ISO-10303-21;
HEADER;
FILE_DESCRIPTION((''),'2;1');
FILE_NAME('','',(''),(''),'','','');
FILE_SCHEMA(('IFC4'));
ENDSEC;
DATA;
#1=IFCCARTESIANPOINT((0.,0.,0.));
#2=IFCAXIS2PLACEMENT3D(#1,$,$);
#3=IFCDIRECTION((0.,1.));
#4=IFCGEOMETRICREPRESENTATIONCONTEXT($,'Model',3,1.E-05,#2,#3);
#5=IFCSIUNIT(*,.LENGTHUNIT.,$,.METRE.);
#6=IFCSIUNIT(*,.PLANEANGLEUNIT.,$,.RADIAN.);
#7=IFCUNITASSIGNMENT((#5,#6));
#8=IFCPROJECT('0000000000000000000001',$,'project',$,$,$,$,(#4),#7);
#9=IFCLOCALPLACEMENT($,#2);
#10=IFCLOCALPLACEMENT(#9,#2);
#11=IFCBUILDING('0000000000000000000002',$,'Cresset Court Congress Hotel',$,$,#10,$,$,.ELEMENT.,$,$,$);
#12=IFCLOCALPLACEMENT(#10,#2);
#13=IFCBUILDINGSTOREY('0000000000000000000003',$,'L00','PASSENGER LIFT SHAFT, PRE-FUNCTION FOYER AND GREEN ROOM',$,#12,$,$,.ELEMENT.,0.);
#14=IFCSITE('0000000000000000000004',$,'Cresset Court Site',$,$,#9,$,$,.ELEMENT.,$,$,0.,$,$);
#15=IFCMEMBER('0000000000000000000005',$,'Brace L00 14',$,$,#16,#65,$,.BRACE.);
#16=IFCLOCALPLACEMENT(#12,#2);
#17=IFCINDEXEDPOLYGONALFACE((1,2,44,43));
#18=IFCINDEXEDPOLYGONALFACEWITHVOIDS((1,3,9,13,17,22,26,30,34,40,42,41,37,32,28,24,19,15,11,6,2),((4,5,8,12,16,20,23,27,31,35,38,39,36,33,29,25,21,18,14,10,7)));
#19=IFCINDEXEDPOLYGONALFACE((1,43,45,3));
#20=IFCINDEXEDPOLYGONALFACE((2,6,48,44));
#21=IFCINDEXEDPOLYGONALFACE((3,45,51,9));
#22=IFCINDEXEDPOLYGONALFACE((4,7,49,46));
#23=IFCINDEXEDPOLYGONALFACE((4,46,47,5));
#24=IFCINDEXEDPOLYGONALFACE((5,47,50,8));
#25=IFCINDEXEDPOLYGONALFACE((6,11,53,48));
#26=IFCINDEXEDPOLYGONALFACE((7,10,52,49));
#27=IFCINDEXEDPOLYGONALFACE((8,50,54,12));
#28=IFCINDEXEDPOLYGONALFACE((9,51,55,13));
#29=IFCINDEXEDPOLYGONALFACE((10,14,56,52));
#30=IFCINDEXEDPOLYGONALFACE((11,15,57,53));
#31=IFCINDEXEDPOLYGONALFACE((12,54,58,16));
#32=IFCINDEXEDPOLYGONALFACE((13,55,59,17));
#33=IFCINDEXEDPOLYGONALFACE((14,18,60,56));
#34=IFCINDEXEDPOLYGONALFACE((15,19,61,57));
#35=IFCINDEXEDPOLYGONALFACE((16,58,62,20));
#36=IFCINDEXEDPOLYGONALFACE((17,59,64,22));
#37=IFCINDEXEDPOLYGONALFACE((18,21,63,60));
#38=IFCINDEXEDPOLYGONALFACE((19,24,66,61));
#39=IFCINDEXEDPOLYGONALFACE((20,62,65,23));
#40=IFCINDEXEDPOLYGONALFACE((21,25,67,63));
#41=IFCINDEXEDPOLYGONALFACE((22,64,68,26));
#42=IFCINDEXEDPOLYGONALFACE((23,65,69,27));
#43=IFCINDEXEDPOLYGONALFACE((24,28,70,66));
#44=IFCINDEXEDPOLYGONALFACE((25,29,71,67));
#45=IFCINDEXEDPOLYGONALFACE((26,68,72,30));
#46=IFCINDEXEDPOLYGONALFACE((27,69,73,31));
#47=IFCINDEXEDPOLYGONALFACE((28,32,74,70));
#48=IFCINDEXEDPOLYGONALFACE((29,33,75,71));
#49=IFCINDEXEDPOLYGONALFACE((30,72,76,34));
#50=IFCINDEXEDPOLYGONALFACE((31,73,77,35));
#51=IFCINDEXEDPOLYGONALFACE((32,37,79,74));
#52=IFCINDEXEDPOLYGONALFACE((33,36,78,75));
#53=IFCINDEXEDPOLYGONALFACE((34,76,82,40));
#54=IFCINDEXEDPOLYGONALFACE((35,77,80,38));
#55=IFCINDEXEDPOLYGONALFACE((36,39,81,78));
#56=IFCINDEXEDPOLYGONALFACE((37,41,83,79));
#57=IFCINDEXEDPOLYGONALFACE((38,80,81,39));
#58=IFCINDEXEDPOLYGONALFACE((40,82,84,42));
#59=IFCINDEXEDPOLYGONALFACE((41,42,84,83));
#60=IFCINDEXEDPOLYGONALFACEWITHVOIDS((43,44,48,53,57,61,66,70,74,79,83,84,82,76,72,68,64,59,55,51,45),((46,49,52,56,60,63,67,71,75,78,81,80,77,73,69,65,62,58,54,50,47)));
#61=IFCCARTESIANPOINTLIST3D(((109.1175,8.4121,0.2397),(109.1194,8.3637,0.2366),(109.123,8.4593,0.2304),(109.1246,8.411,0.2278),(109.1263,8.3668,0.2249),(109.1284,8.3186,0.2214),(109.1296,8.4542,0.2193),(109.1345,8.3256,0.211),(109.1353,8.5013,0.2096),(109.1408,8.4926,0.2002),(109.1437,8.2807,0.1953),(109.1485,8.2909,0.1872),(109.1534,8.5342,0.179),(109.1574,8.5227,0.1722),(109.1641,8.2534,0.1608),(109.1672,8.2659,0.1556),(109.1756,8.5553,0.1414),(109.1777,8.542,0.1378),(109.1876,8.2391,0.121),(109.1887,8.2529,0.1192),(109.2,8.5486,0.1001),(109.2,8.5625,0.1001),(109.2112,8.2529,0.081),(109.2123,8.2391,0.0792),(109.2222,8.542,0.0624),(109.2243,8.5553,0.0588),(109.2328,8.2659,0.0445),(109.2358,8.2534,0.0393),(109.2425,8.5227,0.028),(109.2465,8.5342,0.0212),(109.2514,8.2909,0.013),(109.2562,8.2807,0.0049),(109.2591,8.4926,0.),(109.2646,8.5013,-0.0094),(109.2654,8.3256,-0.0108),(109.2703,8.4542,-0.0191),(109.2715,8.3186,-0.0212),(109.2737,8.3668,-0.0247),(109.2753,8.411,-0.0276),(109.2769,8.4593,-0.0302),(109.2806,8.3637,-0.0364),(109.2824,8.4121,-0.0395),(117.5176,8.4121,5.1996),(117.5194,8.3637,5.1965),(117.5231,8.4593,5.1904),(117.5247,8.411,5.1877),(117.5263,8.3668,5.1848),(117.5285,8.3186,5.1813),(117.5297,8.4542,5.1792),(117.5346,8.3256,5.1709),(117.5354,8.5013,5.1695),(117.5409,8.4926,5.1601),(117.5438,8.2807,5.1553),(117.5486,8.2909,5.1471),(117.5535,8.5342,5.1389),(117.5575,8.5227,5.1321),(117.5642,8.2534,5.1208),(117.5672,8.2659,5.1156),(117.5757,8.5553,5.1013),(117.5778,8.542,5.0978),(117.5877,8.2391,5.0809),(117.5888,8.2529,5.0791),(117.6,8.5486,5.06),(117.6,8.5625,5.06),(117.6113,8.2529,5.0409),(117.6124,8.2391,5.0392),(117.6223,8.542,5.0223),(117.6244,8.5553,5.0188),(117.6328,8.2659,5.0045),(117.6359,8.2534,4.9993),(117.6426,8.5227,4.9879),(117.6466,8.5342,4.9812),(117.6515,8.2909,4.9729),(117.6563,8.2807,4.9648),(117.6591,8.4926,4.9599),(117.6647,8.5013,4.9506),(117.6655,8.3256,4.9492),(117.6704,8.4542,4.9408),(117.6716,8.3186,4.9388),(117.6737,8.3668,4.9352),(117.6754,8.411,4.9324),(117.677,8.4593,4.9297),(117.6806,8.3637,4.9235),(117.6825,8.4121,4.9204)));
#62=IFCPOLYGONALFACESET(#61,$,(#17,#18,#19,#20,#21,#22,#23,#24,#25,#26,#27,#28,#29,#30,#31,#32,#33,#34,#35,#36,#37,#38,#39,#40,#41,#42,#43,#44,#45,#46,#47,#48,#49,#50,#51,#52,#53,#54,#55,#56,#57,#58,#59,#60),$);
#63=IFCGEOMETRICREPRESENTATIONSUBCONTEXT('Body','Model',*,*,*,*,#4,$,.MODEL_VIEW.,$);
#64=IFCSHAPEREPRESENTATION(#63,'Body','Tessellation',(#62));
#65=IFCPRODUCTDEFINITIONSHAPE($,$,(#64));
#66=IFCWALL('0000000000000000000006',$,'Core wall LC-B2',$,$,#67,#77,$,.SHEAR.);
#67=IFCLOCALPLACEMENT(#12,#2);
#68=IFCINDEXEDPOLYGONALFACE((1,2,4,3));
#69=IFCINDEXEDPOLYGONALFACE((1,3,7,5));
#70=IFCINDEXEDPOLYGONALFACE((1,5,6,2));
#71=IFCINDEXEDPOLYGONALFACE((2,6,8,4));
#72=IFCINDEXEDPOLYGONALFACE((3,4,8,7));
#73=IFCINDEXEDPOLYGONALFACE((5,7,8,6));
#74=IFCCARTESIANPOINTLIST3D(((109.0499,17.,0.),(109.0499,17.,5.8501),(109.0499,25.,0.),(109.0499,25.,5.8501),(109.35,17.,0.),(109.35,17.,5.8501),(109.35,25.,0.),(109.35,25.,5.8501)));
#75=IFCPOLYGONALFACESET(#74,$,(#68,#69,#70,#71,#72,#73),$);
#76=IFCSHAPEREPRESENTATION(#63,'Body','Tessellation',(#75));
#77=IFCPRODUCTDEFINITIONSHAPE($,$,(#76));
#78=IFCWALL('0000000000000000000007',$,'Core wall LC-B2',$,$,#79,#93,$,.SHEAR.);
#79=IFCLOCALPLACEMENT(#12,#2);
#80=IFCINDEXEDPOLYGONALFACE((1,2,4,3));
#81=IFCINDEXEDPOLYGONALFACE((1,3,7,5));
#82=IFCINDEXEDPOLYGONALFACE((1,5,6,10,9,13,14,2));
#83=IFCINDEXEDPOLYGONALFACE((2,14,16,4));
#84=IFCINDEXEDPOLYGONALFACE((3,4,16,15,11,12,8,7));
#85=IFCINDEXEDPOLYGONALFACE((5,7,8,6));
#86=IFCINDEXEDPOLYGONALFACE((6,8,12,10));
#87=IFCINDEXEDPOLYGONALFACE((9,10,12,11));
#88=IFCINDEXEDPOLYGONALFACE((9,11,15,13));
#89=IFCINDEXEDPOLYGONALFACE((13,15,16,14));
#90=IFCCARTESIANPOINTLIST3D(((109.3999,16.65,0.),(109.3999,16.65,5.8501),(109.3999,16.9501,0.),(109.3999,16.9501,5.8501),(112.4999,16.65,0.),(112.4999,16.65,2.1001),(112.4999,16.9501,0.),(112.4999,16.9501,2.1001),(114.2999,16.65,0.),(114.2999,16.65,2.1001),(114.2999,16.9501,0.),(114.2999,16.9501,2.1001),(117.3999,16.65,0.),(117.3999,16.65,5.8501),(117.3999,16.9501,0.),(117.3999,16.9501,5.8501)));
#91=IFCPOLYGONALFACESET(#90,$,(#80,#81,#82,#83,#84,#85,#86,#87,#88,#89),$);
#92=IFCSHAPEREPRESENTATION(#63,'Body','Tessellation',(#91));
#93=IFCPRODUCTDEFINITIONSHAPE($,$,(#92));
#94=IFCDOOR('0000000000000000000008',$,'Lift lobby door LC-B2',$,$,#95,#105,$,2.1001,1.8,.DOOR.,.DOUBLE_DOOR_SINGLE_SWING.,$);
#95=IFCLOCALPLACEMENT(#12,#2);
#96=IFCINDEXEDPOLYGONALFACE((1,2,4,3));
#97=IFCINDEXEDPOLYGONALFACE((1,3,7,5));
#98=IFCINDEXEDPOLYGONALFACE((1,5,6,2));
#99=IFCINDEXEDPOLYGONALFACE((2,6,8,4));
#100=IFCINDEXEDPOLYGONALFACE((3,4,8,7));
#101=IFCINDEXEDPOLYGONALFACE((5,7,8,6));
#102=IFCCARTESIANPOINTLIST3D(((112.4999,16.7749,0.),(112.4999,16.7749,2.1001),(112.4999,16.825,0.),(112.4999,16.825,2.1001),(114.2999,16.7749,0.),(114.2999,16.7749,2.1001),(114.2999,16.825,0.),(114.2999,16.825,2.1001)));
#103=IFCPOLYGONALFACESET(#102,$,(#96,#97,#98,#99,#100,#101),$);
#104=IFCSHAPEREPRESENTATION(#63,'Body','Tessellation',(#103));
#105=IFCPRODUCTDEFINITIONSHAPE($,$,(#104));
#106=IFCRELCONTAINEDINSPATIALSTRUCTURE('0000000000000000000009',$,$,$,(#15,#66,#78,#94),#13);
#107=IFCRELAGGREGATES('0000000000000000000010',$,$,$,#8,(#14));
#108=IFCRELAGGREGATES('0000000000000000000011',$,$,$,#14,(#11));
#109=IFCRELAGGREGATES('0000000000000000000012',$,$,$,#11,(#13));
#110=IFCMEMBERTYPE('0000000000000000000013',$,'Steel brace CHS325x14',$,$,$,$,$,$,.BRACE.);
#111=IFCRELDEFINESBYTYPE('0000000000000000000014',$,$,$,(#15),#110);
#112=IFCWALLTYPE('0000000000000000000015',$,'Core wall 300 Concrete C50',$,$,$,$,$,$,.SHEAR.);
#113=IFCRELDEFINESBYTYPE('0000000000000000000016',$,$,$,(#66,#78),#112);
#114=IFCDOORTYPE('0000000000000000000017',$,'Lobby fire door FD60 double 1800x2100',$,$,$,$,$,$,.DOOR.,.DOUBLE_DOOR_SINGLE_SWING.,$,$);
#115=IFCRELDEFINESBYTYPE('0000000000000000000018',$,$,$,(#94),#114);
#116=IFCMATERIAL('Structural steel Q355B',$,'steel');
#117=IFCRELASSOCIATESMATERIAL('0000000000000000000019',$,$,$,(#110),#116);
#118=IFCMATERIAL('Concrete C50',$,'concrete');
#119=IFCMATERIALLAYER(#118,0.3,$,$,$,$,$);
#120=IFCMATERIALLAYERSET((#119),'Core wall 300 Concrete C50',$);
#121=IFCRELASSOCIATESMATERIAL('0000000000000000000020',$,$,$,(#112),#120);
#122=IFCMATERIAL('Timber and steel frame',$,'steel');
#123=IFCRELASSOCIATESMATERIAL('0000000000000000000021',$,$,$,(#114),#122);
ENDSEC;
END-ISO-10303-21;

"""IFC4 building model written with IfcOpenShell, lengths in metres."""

from ifc_helpers import new_model, si_unit, direction, frame, frame_2d, origin, origin_2d, place, context, subcontext, project, spatial, rectangle, hollow_circle, extrude, material, layer, layer_set, material_profile, profile_set, type_object, element, fill, save


model = new_model("IFC4")

# Units and contexts
model_context = context("Model", 3, precision=1e-05, world=origin(), true_north=direction((0.0, 1.0)))
body_context = subcontext(model_context, "Body", "Model", "MODEL_VIEW")
ifc_project = project(units=[si_unit("LENGTHUNIT", "METRE"), si_unit("PLANEANGLEUNIT", "RADIAN")], contexts=[model_context])

# Site, building, storey
site_placement = place(None, origin())
site = spatial("IfcSite", under=ifc_project, at=site_placement, Name="Cresset Court Site", CompositionType="ELEMENT", RefElevation=0.0)
building_placement = place(site_placement, origin())
building = spatial("IfcBuilding", under=site, at=building_placement, Name="Cresset Court Congress Hotel", CompositionType="ELEMENT")
storey_placement = place(building_placement, origin())
storey = spatial("IfcBuildingStorey", under=building, at=storey_placement, Name="L00", Description="PASSENGER LIFT SHAFT, PRE-FUNCTION FOYER AND GREEN ROOM", CompositionType="ELEMENT", Elevation=0.0)

# Member
ifc_material_1 = material(Name="Structural steel Q355B", Category="steel")
ifc_material_profile_1 = material_profile(ifc_material_1, hollow_circle(Radius=0.1626, WallThickness=0.0139, at=origin_2d()), Name="CHS325x14")
ifc_profile_set_1 = profile_set([ifc_material_profile_1], Name="Structural steel Q355B")
member_type = type_object("IfcMemberType", Name="Steel brace CHS325x14", PredefinedType="BRACE", material=ifc_profile_set_1)
member_placement = place(storey_placement, frame((109.2, 8.3999, 0.1001), z_axis=(0.861095, 0.0, 0.508443), x_axis=(0.0, 1.0, 0.0)))
element("IfcMember", 1, at=member_placement, inside=storey, type_object=member_type, Name="Brace L00 14", PredefinedType="BRACE", context=body_context, shape_type="SweptSolid", body=[
    extrude(hollow_circle(Radius=0.1626, WallThickness=0.0139, at=origin_2d()), origin(), (0.0, 0.0, 1.0), 9.7551),
])

# Wall
ifc_material_2 = material(Name="Concrete C50", Category="concrete")
ifc_layer_1 = layer(ifc_material_2, 0.3)
ifc_layer_set_1 = layer_set([ifc_layer_1], Name="Core wall 300 Concrete C50")
wall_type_1 = type_object("IfcWallType", Name="Core wall 300 Concrete C50", PredefinedType="SHEAR", material=ifc_layer_set_1)
wall_1_placement = place(storey_placement, frame((109.2, 17.0, 0.0), z_axis=(0.0, 0.0, 1.0), x_axis=(0.0, 1.0, 0.0)))
element("IfcWall", 2, at=wall_1_placement, inside=storey, type_object=wall_type_1, Name="Core wall LC-B2", PredefinedType="SHEAR", context=body_context, shape_type="SweptSolid", body=[
    extrude(rectangle(XDim=8.0, YDim=0.3, at=frame_2d((4.0, 0.0))), origin(), (0.0, 0.0, 1.0), 5.8501),
])

# Wall, opening, door
wall_2_placement = place(storey_placement, frame((109.3999, 16.8, 0.0), z_axis=(0.0, 0.0, 1.0), x_axis=(1.0, 0.0, 0.0)))
wall_2 = element("IfcWall", 3, at=wall_2_placement, inside=storey, type_object=wall_type_1, Name="Core wall LC-B2", PredefinedType="SHEAR", context=body_context, shape_type="SweptSolid", body=[
    extrude(rectangle(XDim=8.0, YDim=0.3, at=frame_2d((4.0, 0.0))), origin(), (0.0, 0.0, 1.0), 5.8501),
])
opening_1_placement = place(wall_2_placement, frame((3.1001, 0.0, 0.0)))
opening_1 = element("IfcOpeningElement", 4, at=opening_1_placement, cuts=wall_2, PredefinedType="OPENING", context=body_context, shape_type="SweptSolid", body=[
    extrude(rectangle(XDim=1.8, YDim=2.1001, at=frame_2d((0.8999, 1.05))), frame((0.0, 0.1599, 0.0), z_axis=(0.0, -1.0, 0.0), x_axis=(1.0, 0.0, 0.0)), (0.0, 0.0, 1.0), 0.3201),
])
ifc_material_3 = material(Name="Timber and steel frame", Category="steel")
door_type_1 = type_object("IfcDoorType", Name="Lobby fire door FD60 double 1800x2100", OperationType="DOUBLE_DOOR_SINGLE_SWING", PredefinedType="DOOR", material=ifc_material_3)
door_1_placement = place(opening_1_placement, origin())
door_1 = element("IfcDoor", 5, at=door_1_placement, inside=storey, type_object=door_type_1, Name="Lift lobby door LC-B2", OperationType="DOUBLE_DOOR_SINGLE_SWING", OverallHeight=2.1001, OverallWidth=1.8, PredefinedType="DOOR", context=body_context, shape_type="SweptSolid", body=[
    extrude(rectangle(XDim=1.8, YDim=2.1001, at=frame_2d((0.8999, 1.05))), frame((0.0, 0.0249, 0.0), z_axis=(0.0, -1.0, 0.0), x_axis=(1.0, 0.0, 0.0)), (0.0, 0.0, 1.0), 0.05),
])
fill(opening_1, door_1)

save(model, "model.ifc")
